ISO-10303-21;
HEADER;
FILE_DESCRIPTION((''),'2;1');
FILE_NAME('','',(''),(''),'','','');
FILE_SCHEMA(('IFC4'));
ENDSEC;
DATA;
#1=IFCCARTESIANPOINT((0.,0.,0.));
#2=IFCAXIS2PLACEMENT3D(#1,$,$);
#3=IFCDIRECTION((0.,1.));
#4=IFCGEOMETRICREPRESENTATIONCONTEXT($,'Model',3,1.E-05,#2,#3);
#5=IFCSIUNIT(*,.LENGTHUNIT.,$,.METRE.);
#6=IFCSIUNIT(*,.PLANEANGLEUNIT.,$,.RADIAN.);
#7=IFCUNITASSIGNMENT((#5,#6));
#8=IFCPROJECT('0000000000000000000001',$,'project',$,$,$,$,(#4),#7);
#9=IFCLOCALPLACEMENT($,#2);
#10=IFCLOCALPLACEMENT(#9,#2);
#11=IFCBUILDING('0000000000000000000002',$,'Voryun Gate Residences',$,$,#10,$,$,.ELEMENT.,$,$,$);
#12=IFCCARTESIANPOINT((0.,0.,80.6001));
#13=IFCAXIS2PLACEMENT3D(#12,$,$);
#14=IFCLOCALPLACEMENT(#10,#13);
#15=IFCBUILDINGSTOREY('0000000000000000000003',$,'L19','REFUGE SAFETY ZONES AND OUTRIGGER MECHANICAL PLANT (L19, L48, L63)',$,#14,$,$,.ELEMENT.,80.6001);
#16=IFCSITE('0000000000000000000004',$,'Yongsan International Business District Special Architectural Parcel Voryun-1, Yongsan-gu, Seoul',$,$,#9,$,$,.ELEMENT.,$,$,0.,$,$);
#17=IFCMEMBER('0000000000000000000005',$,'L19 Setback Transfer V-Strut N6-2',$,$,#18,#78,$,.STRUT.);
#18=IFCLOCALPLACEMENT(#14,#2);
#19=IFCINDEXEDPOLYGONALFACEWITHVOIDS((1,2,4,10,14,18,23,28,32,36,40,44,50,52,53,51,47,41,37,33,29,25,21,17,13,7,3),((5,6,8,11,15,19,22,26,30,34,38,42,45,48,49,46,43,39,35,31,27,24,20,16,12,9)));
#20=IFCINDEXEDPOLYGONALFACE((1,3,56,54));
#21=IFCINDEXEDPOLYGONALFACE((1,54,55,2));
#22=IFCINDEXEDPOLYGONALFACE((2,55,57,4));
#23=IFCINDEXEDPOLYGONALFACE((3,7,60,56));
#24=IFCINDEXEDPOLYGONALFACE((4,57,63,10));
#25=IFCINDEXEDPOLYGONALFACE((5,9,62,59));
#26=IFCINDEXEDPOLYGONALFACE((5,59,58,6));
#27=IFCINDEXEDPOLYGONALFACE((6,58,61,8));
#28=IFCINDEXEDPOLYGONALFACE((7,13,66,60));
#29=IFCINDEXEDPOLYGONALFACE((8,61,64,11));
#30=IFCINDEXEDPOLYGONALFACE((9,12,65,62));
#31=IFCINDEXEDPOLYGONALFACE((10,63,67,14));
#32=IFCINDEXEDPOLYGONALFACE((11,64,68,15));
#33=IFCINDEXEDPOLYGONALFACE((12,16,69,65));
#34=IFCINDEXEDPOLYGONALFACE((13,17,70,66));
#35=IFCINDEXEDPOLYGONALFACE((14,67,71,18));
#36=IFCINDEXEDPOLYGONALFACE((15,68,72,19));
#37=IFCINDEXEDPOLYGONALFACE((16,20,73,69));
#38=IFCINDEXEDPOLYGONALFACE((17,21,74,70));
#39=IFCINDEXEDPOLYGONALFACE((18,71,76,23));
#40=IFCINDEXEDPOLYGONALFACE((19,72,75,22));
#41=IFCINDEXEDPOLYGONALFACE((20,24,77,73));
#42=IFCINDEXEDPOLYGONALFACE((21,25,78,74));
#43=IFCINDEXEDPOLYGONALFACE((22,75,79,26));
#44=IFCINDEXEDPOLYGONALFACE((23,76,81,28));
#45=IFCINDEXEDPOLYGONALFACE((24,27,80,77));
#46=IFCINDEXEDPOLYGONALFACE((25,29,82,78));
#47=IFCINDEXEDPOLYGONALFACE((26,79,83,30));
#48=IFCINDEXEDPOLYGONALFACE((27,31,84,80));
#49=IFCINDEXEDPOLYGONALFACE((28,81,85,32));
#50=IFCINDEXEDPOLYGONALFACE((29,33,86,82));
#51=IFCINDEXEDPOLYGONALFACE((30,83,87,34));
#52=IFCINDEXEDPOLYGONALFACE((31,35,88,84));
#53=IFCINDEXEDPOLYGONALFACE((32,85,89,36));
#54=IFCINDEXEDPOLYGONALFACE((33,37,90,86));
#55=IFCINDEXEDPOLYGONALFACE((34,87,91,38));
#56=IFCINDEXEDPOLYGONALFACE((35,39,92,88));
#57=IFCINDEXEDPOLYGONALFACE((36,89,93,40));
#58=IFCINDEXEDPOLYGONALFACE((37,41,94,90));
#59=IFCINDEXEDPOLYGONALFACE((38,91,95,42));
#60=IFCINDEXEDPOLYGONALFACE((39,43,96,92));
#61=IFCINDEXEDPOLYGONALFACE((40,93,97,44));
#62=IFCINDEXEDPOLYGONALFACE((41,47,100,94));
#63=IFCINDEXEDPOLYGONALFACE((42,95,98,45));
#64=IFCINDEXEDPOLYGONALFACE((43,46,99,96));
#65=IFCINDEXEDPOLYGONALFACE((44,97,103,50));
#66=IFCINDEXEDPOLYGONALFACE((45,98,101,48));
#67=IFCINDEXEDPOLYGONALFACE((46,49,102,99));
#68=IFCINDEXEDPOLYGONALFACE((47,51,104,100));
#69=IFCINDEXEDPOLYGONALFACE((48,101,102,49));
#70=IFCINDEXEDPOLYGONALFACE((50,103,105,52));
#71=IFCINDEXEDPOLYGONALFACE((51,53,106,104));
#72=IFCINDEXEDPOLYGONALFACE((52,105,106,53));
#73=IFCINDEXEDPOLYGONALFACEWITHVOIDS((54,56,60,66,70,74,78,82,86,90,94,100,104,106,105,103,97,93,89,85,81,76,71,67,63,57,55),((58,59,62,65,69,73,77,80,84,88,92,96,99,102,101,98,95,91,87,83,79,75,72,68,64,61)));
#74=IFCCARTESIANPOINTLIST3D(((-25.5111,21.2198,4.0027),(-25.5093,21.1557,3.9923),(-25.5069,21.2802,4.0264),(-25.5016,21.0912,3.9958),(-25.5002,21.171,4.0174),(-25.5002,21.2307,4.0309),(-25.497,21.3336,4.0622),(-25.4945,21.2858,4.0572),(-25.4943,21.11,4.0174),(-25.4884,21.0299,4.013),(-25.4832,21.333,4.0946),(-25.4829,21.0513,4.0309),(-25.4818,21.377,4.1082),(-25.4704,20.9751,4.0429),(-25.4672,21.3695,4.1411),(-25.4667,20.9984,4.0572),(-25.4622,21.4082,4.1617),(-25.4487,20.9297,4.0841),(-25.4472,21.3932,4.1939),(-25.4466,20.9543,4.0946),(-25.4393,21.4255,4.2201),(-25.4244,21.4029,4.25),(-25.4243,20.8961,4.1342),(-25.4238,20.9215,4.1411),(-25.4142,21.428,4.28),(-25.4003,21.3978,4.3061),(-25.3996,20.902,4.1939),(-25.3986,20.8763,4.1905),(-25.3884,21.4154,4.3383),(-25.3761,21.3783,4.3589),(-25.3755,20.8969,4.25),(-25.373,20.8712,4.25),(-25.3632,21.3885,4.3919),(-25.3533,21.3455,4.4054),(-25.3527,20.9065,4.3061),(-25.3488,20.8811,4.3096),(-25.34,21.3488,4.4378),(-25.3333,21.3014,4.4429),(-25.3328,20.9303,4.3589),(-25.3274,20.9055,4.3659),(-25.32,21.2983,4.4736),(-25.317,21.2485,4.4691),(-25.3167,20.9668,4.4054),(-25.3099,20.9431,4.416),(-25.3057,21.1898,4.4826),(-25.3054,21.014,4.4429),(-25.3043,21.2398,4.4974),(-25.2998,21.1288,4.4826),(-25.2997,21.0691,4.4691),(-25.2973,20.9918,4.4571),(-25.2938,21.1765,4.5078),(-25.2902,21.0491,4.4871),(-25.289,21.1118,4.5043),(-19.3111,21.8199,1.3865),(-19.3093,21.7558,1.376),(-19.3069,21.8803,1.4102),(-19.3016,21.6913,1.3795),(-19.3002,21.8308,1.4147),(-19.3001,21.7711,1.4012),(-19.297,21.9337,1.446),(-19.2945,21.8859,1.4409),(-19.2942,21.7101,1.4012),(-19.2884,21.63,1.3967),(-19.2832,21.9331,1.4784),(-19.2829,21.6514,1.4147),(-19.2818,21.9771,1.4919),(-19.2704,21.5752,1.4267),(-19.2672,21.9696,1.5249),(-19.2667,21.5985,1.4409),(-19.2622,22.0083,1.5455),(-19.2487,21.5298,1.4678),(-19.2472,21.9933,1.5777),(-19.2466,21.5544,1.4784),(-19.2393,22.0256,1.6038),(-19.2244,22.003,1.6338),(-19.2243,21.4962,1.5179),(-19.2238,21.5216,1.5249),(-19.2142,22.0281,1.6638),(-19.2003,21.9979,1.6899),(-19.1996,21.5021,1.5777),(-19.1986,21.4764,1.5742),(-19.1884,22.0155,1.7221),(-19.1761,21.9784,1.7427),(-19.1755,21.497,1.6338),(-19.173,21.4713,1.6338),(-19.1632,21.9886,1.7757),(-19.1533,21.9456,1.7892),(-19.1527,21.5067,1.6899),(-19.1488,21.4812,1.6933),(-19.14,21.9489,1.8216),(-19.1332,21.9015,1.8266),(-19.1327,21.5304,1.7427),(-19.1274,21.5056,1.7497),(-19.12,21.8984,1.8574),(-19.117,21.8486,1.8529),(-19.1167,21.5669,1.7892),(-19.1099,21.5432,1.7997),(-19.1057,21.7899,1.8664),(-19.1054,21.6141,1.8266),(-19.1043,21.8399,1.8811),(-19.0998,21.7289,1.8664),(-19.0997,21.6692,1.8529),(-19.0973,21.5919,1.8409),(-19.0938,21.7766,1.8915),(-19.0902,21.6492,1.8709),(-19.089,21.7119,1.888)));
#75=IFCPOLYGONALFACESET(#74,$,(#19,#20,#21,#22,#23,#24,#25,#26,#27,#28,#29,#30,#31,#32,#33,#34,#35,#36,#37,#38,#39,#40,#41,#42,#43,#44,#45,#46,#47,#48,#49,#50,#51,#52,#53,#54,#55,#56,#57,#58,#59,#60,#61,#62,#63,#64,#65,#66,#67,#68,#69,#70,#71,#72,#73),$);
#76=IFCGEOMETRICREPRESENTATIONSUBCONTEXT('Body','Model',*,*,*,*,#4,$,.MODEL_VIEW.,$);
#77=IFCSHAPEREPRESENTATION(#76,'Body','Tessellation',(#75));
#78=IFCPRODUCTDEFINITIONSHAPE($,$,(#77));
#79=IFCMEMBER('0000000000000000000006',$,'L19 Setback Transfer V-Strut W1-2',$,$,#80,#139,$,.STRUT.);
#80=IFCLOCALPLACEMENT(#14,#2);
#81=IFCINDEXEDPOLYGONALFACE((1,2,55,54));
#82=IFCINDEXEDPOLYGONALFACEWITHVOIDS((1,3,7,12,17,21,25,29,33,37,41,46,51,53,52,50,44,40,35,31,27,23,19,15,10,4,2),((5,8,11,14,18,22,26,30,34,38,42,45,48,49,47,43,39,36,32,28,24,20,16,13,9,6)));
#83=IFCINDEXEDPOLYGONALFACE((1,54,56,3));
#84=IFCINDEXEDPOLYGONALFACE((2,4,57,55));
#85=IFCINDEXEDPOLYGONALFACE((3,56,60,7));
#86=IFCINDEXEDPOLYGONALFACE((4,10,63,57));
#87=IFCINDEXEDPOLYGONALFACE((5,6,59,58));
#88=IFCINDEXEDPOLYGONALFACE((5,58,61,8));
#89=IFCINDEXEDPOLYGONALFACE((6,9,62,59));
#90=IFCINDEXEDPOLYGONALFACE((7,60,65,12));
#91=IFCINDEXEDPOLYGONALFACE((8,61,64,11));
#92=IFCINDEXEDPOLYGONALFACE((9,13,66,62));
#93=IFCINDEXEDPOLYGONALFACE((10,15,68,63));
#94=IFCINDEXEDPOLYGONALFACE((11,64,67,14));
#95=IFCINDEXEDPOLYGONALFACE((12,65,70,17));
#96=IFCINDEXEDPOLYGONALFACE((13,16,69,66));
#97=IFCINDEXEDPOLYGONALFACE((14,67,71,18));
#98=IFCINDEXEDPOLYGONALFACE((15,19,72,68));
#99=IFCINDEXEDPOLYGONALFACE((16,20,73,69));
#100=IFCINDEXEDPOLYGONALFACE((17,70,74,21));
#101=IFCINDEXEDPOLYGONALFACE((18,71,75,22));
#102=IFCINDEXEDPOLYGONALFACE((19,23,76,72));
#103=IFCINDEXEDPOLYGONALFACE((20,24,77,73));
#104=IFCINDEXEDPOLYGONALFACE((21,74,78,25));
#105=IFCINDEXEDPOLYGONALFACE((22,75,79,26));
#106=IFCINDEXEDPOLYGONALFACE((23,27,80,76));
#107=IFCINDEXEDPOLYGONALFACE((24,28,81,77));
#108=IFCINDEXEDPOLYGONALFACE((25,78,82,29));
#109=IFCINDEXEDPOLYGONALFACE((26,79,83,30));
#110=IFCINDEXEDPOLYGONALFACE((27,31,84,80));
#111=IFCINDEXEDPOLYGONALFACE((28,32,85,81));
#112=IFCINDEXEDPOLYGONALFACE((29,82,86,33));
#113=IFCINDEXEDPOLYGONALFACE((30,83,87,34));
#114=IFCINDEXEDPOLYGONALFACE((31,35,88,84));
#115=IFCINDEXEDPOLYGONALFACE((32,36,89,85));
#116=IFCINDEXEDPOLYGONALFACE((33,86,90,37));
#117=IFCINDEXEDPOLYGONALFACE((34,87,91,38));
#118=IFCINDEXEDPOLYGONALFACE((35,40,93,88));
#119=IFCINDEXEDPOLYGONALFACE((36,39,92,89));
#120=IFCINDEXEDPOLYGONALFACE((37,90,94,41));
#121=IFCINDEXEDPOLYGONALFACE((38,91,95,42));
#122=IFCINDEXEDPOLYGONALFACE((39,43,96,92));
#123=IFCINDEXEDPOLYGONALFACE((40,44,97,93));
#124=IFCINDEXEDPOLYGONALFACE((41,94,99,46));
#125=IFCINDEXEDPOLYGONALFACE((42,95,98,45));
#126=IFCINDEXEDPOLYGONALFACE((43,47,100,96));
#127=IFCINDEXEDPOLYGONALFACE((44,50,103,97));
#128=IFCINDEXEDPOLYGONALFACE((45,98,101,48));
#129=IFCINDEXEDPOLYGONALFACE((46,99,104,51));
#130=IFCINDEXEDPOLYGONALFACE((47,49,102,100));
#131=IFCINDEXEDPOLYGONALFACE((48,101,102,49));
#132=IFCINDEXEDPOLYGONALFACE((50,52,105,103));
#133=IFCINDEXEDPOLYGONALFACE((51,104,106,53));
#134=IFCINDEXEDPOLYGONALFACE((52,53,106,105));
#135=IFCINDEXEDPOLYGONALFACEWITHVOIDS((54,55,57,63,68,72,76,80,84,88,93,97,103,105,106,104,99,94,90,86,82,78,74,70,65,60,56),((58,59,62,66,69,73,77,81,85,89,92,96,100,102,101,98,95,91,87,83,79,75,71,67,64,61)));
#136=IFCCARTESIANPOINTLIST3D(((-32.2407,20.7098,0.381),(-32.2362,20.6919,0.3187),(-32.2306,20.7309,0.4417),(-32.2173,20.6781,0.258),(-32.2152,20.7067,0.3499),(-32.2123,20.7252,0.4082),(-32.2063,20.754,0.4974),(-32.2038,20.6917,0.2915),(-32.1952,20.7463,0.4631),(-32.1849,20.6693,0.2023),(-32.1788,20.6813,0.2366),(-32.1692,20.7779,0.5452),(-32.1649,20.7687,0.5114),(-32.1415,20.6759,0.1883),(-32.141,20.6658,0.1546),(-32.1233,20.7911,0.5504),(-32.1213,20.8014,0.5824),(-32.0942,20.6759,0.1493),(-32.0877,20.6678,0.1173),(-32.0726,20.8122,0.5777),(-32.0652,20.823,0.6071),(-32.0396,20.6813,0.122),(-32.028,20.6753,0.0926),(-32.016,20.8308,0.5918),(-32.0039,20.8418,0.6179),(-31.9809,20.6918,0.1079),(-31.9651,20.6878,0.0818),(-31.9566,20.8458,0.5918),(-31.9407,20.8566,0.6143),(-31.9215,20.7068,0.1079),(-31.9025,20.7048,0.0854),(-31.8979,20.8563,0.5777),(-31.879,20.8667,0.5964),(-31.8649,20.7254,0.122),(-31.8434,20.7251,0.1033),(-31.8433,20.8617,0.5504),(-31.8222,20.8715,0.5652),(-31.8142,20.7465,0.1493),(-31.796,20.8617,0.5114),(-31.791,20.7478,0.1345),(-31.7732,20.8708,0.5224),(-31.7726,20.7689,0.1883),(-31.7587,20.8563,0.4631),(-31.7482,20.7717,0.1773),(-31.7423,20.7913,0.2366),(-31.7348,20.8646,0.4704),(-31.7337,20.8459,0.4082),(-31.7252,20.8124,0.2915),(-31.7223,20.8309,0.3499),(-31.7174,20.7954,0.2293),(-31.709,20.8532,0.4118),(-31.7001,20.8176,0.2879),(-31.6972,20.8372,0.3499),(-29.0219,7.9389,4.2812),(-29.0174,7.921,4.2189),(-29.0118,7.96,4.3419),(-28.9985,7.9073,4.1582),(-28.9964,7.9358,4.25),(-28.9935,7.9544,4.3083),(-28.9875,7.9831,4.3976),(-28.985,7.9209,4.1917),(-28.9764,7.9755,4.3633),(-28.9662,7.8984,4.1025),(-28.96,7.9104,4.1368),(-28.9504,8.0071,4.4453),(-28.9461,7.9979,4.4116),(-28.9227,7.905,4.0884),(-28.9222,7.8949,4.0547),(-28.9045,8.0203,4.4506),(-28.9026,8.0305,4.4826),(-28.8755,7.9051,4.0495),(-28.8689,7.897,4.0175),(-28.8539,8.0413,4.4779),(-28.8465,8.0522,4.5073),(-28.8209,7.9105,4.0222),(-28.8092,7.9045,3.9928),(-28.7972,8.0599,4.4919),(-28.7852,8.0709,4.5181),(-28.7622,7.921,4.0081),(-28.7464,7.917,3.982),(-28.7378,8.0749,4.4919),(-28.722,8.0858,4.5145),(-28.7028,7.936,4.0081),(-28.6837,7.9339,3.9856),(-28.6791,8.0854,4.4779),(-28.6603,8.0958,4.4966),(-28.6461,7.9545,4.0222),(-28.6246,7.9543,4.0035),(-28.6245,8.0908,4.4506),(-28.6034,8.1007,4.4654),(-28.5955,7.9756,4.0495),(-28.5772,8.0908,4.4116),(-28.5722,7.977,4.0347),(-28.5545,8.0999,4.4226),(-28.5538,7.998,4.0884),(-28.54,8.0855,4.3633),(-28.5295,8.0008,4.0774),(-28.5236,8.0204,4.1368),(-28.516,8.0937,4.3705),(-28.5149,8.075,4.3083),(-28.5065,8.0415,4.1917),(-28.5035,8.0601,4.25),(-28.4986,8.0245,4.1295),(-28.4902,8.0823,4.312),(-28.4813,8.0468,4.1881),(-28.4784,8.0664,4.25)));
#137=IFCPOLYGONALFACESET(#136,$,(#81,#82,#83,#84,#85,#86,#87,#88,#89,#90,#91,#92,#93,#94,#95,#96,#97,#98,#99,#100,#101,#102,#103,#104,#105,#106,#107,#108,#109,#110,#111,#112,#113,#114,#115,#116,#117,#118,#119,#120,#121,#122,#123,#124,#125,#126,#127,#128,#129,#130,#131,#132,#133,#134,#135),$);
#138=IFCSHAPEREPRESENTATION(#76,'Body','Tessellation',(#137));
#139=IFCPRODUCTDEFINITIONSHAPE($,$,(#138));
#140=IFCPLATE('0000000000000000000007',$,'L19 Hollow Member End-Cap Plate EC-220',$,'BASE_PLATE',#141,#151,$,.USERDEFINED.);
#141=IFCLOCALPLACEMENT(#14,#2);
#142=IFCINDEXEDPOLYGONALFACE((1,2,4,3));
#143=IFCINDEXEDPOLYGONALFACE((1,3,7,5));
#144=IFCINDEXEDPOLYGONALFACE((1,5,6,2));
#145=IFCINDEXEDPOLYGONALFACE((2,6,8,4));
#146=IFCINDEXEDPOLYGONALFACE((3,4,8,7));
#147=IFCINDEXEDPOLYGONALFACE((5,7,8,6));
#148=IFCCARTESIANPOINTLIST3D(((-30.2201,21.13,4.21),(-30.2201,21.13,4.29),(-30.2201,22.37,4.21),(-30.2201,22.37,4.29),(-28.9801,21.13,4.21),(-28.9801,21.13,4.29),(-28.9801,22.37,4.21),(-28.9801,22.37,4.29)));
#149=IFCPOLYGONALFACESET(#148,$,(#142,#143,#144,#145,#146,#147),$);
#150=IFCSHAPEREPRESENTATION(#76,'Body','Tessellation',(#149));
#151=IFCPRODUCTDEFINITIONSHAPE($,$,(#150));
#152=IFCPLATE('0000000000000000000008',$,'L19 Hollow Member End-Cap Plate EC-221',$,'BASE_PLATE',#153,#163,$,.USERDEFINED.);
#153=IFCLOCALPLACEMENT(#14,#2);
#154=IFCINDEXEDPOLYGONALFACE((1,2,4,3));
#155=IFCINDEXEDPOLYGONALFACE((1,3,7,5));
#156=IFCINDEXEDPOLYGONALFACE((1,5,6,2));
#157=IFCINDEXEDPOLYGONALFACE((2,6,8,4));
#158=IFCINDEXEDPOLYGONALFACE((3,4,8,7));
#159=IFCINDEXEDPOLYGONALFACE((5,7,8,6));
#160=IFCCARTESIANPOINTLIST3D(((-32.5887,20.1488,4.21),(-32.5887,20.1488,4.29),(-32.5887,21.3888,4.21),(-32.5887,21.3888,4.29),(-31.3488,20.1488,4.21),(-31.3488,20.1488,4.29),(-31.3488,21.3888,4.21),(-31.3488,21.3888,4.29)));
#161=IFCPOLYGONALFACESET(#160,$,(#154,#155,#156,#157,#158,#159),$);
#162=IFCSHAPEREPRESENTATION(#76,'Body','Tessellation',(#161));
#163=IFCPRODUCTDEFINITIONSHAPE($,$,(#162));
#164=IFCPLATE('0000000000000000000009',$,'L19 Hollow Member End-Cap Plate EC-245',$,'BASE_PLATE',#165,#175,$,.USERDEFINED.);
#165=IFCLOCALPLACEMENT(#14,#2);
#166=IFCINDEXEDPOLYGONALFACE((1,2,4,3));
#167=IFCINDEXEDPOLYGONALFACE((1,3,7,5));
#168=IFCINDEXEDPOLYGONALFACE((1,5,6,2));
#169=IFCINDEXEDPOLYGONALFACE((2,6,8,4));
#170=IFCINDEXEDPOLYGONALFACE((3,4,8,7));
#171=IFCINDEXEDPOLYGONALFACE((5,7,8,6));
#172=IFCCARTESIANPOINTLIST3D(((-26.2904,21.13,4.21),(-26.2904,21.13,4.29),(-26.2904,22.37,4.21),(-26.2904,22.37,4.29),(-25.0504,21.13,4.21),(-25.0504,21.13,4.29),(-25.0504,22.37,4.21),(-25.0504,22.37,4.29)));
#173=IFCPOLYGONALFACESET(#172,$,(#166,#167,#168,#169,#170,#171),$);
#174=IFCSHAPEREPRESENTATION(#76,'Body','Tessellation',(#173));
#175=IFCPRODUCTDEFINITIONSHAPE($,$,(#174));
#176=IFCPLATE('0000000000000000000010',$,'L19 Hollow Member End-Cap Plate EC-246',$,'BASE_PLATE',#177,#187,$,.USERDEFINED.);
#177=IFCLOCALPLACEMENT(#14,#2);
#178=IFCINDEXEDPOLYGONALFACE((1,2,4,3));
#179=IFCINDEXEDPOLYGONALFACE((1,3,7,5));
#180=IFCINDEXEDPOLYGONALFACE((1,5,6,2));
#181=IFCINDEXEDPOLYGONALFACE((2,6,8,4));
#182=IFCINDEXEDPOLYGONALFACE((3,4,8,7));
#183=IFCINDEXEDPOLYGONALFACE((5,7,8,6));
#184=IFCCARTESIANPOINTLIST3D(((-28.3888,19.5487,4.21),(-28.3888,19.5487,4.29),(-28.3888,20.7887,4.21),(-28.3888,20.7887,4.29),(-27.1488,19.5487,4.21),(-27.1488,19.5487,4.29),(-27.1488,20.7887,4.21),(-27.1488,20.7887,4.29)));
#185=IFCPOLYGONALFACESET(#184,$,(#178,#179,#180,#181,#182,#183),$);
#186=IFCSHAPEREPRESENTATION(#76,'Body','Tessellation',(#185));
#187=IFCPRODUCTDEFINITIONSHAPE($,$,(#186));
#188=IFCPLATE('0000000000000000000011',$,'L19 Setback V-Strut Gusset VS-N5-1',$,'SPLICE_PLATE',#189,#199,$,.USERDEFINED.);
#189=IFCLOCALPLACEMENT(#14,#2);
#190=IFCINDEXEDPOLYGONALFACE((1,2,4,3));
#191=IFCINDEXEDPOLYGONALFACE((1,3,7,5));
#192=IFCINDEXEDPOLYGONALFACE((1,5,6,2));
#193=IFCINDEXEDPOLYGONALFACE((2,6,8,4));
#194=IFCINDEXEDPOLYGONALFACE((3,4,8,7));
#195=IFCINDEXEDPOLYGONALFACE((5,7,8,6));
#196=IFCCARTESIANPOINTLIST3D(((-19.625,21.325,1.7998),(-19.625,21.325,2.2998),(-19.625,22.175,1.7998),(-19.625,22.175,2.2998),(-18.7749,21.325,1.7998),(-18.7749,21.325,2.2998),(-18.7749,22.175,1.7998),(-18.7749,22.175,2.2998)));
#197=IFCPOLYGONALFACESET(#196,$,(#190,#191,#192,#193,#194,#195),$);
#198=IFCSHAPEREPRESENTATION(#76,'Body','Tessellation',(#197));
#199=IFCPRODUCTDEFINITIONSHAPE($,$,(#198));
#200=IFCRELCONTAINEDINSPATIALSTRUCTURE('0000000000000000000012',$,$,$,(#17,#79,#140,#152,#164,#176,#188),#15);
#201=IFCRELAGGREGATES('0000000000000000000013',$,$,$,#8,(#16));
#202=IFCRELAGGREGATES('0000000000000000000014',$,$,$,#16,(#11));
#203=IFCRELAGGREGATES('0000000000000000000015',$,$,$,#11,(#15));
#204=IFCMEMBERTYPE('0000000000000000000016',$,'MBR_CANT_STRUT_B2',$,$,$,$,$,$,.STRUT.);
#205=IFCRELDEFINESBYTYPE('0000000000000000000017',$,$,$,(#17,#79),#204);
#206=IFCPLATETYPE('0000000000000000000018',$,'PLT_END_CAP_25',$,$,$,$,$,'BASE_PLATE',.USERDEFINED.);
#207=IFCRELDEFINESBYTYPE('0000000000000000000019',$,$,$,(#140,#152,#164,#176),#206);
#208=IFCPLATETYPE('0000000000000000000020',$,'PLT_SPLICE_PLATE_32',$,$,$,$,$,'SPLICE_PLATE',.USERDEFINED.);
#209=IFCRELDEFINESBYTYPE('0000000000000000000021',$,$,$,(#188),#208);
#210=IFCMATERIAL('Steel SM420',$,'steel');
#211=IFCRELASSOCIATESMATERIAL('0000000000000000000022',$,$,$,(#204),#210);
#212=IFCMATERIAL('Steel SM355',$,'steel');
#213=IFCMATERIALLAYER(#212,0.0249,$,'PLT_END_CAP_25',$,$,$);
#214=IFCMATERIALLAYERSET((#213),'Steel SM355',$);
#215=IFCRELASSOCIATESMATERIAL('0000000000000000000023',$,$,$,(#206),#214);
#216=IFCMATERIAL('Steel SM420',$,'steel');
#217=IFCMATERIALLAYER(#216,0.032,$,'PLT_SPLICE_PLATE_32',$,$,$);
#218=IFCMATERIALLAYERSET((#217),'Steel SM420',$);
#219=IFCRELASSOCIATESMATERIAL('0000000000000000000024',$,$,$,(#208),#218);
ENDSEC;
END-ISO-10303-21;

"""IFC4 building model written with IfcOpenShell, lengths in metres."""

from ifc_helpers import new_model, si_unit, direction, frame, origin, origin_2d, place, context, subcontext, project, spatial, rectangle, hollow_circle, extrude, material, layer, layer_set, material_profile, profile_set, type_object, element, save


model = new_model("IFC4")

# Units and contexts
model_context = context("Model", 3, precision=1e-05, world=origin(), true_north=direction((0.0, 1.0)))
body_context = subcontext(model_context, "Body", "Model", "MODEL_VIEW")
ifc_project = project(units=[si_unit("LENGTHUNIT", "METRE"), si_unit("PLANEANGLEUNIT", "RADIAN")], contexts=[model_context])

# Site, building, storey
site_placement = place(None, origin())
site = spatial("IfcSite", under=ifc_project, at=site_placement, Name="Yongsan International Business District Special Architectural Parcel Voryun-1, Yongsan-gu, Seoul", CompositionType="ELEMENT", RefElevation=0.0)
building_placement = place(site_placement, origin())
building = spatial("IfcBuilding", under=site, at=building_placement, Name="Voryun Gate Residences", CompositionType="ELEMENT")
storey_placement = place(building_placement, frame((0.0, 0.0, 80.6001)))
storey = spatial("IfcBuildingStorey", under=building, at=storey_placement, Name="L19", Description="REFUGE SAFETY ZONES AND OUTRIGGER MECHANICAL PLANT (L19, L48, L63)", CompositionType="ELEMENT", Elevation=80.6001)

# Members
ifc_material_1 = material(Name="Steel SM420", Category="steel")
ifc_material_profile_1 = material_profile(ifc_material_1, hollow_circle(Radius=0.28, WallThickness=0.0259, at=origin_2d()), Name="CHS-560x26")
ifc_profile_set_1 = profile_set([ifc_material_profile_1], Name="Steel SM420")
member_type = type_object("IfcMemberType", Name="MBR_CANT_STRUT_B2", PredefinedType="STRUT", material=ifc_profile_set_1)
member_1_placement = place(storey_placement, frame((-19.2, 21.75, 1.6338), z_axis=(-0.91769, -0.088824, 0.38724), x_axis=(0.09634, -0.995348, 0.0)))
element("IfcMember", 1, at=member_1_placement, inside=storey, type_object=member_type, Name="L19 Setback Transfer V-Strut N6-2", PredefinedType="STRUT", context=body_context, shape_type="SweptSolid", body=[
    extrude(hollow_circle(Radius=0.28, WallThickness=0.0259, at=origin_2d()), origin(), (0.0, 0.0, 1.0), 6.7561),
])
member_2_placement = place(storey_placement, frame((-31.9688, 20.7688, 0.3499), z_axis=(0.234338, -0.929763, 0.283947), x_axis=(0.969675, 0.244398, 0.0)))
element("IfcMember", 2, at=member_2_placement, inside=storey, type_object=member_type, Name="L19 Setback Transfer V-Strut W1-2", PredefinedType="STRUT", context=body_context, shape_type="SweptSolid", body=[
    extrude(hollow_circle(Radius=0.28, WallThickness=0.0259, at=origin_2d()), origin(), (0.0, 0.0, 1.0), 13.7356),
])

# Plates
ifc_material_2 = material(Name="Steel SM355", Category="steel")
ifc_layer_1 = layer(ifc_material_2, 0.0249, Name="PLT_END_CAP_25")
ifc_layer_set_1 = layer_set([ifc_layer_1], Name="Steel SM355")
plate_type_1 = type_object("IfcPlateType", Name="PLT_END_CAP_25", ElementType="BASE_PLATE", PredefinedType="USERDEFINED", material=ifc_layer_set_1)
for number, where, z_axis, x_axis, name in (
    (3, (-29.6001, 21.75, 4.21), (0.0, 0.0, 1.0), (1.0, 0.0, 0.0), "L19 Hollow Member End-Cap Plate EC-220"),
    (4, (-31.9688, 20.7688, 4.21), (0.0, 0.0, 1.0), (1.0, 0.0, 0.0), "L19 Hollow Member End-Cap Plate EC-221"),
    (5, (-25.6704, 21.75, 4.21), (0.0, 0.0, 1.0), (1.0, 0.0, 0.0), "L19 Hollow Member End-Cap Plate EC-245"),
    (6, (-27.7688, 20.1687, 4.21), (0.0, 0.0, 1.0), (1.0, 0.0, 0.0), "L19 Hollow Member End-Cap Plate EC-246"),
):
    element("IfcPlate", number, at=place(storey_placement, frame(where, z_axis=z_axis, x_axis=x_axis)), inside=storey, type_object=plate_type_1, Name=name, ObjectType="BASE_PLATE", PredefinedType="USERDEFINED", context=body_context, shape_type="SweptSolid", body=[
        extrude(rectangle(XDim=1.24, YDim=1.24, at=origin_2d()), origin(), (0.0, 0.0, 1.0), 0.0801),
    ])
ifc_material_3 = material(Name="Steel SM420", Category="steel")
ifc_layer_2 = layer(ifc_material_3, 0.032, Name="PLT_SPLICE_PLATE_32")
ifc_layer_set_2 = layer_set([ifc_layer_2], Name="Steel SM420")
plate_type_2 = type_object("IfcPlateType", Name="PLT_SPLICE_PLATE_32", ElementType="SPLICE_PLATE", PredefinedType="USERDEFINED", material=ifc_layer_set_2)
for number, where, z_axis, x_axis, name in (
    (7, (-19.2, 21.75, 1.7998), (0.0, 0.0, 1.0), (1.0, 0.0, 0.0), "L19 Setback V-Strut Gusset VS-N5-1"),
):
    element("IfcPlate", number, at=place(storey_placement, frame(where, z_axis=z_axis, x_axis=x_axis)), inside=storey, type_object=plate_type_2, Name=name, ObjectType="SPLICE_PLATE", PredefinedType="USERDEFINED", context=body_context, shape_type="SweptSolid", body=[
        extrude(rectangle(XDim=0.8501, YDim=0.8501, at=origin_2d()), origin(), (0.0, 0.0, 1.0), 0.5),
    ])

save(model, "model.ifc")
